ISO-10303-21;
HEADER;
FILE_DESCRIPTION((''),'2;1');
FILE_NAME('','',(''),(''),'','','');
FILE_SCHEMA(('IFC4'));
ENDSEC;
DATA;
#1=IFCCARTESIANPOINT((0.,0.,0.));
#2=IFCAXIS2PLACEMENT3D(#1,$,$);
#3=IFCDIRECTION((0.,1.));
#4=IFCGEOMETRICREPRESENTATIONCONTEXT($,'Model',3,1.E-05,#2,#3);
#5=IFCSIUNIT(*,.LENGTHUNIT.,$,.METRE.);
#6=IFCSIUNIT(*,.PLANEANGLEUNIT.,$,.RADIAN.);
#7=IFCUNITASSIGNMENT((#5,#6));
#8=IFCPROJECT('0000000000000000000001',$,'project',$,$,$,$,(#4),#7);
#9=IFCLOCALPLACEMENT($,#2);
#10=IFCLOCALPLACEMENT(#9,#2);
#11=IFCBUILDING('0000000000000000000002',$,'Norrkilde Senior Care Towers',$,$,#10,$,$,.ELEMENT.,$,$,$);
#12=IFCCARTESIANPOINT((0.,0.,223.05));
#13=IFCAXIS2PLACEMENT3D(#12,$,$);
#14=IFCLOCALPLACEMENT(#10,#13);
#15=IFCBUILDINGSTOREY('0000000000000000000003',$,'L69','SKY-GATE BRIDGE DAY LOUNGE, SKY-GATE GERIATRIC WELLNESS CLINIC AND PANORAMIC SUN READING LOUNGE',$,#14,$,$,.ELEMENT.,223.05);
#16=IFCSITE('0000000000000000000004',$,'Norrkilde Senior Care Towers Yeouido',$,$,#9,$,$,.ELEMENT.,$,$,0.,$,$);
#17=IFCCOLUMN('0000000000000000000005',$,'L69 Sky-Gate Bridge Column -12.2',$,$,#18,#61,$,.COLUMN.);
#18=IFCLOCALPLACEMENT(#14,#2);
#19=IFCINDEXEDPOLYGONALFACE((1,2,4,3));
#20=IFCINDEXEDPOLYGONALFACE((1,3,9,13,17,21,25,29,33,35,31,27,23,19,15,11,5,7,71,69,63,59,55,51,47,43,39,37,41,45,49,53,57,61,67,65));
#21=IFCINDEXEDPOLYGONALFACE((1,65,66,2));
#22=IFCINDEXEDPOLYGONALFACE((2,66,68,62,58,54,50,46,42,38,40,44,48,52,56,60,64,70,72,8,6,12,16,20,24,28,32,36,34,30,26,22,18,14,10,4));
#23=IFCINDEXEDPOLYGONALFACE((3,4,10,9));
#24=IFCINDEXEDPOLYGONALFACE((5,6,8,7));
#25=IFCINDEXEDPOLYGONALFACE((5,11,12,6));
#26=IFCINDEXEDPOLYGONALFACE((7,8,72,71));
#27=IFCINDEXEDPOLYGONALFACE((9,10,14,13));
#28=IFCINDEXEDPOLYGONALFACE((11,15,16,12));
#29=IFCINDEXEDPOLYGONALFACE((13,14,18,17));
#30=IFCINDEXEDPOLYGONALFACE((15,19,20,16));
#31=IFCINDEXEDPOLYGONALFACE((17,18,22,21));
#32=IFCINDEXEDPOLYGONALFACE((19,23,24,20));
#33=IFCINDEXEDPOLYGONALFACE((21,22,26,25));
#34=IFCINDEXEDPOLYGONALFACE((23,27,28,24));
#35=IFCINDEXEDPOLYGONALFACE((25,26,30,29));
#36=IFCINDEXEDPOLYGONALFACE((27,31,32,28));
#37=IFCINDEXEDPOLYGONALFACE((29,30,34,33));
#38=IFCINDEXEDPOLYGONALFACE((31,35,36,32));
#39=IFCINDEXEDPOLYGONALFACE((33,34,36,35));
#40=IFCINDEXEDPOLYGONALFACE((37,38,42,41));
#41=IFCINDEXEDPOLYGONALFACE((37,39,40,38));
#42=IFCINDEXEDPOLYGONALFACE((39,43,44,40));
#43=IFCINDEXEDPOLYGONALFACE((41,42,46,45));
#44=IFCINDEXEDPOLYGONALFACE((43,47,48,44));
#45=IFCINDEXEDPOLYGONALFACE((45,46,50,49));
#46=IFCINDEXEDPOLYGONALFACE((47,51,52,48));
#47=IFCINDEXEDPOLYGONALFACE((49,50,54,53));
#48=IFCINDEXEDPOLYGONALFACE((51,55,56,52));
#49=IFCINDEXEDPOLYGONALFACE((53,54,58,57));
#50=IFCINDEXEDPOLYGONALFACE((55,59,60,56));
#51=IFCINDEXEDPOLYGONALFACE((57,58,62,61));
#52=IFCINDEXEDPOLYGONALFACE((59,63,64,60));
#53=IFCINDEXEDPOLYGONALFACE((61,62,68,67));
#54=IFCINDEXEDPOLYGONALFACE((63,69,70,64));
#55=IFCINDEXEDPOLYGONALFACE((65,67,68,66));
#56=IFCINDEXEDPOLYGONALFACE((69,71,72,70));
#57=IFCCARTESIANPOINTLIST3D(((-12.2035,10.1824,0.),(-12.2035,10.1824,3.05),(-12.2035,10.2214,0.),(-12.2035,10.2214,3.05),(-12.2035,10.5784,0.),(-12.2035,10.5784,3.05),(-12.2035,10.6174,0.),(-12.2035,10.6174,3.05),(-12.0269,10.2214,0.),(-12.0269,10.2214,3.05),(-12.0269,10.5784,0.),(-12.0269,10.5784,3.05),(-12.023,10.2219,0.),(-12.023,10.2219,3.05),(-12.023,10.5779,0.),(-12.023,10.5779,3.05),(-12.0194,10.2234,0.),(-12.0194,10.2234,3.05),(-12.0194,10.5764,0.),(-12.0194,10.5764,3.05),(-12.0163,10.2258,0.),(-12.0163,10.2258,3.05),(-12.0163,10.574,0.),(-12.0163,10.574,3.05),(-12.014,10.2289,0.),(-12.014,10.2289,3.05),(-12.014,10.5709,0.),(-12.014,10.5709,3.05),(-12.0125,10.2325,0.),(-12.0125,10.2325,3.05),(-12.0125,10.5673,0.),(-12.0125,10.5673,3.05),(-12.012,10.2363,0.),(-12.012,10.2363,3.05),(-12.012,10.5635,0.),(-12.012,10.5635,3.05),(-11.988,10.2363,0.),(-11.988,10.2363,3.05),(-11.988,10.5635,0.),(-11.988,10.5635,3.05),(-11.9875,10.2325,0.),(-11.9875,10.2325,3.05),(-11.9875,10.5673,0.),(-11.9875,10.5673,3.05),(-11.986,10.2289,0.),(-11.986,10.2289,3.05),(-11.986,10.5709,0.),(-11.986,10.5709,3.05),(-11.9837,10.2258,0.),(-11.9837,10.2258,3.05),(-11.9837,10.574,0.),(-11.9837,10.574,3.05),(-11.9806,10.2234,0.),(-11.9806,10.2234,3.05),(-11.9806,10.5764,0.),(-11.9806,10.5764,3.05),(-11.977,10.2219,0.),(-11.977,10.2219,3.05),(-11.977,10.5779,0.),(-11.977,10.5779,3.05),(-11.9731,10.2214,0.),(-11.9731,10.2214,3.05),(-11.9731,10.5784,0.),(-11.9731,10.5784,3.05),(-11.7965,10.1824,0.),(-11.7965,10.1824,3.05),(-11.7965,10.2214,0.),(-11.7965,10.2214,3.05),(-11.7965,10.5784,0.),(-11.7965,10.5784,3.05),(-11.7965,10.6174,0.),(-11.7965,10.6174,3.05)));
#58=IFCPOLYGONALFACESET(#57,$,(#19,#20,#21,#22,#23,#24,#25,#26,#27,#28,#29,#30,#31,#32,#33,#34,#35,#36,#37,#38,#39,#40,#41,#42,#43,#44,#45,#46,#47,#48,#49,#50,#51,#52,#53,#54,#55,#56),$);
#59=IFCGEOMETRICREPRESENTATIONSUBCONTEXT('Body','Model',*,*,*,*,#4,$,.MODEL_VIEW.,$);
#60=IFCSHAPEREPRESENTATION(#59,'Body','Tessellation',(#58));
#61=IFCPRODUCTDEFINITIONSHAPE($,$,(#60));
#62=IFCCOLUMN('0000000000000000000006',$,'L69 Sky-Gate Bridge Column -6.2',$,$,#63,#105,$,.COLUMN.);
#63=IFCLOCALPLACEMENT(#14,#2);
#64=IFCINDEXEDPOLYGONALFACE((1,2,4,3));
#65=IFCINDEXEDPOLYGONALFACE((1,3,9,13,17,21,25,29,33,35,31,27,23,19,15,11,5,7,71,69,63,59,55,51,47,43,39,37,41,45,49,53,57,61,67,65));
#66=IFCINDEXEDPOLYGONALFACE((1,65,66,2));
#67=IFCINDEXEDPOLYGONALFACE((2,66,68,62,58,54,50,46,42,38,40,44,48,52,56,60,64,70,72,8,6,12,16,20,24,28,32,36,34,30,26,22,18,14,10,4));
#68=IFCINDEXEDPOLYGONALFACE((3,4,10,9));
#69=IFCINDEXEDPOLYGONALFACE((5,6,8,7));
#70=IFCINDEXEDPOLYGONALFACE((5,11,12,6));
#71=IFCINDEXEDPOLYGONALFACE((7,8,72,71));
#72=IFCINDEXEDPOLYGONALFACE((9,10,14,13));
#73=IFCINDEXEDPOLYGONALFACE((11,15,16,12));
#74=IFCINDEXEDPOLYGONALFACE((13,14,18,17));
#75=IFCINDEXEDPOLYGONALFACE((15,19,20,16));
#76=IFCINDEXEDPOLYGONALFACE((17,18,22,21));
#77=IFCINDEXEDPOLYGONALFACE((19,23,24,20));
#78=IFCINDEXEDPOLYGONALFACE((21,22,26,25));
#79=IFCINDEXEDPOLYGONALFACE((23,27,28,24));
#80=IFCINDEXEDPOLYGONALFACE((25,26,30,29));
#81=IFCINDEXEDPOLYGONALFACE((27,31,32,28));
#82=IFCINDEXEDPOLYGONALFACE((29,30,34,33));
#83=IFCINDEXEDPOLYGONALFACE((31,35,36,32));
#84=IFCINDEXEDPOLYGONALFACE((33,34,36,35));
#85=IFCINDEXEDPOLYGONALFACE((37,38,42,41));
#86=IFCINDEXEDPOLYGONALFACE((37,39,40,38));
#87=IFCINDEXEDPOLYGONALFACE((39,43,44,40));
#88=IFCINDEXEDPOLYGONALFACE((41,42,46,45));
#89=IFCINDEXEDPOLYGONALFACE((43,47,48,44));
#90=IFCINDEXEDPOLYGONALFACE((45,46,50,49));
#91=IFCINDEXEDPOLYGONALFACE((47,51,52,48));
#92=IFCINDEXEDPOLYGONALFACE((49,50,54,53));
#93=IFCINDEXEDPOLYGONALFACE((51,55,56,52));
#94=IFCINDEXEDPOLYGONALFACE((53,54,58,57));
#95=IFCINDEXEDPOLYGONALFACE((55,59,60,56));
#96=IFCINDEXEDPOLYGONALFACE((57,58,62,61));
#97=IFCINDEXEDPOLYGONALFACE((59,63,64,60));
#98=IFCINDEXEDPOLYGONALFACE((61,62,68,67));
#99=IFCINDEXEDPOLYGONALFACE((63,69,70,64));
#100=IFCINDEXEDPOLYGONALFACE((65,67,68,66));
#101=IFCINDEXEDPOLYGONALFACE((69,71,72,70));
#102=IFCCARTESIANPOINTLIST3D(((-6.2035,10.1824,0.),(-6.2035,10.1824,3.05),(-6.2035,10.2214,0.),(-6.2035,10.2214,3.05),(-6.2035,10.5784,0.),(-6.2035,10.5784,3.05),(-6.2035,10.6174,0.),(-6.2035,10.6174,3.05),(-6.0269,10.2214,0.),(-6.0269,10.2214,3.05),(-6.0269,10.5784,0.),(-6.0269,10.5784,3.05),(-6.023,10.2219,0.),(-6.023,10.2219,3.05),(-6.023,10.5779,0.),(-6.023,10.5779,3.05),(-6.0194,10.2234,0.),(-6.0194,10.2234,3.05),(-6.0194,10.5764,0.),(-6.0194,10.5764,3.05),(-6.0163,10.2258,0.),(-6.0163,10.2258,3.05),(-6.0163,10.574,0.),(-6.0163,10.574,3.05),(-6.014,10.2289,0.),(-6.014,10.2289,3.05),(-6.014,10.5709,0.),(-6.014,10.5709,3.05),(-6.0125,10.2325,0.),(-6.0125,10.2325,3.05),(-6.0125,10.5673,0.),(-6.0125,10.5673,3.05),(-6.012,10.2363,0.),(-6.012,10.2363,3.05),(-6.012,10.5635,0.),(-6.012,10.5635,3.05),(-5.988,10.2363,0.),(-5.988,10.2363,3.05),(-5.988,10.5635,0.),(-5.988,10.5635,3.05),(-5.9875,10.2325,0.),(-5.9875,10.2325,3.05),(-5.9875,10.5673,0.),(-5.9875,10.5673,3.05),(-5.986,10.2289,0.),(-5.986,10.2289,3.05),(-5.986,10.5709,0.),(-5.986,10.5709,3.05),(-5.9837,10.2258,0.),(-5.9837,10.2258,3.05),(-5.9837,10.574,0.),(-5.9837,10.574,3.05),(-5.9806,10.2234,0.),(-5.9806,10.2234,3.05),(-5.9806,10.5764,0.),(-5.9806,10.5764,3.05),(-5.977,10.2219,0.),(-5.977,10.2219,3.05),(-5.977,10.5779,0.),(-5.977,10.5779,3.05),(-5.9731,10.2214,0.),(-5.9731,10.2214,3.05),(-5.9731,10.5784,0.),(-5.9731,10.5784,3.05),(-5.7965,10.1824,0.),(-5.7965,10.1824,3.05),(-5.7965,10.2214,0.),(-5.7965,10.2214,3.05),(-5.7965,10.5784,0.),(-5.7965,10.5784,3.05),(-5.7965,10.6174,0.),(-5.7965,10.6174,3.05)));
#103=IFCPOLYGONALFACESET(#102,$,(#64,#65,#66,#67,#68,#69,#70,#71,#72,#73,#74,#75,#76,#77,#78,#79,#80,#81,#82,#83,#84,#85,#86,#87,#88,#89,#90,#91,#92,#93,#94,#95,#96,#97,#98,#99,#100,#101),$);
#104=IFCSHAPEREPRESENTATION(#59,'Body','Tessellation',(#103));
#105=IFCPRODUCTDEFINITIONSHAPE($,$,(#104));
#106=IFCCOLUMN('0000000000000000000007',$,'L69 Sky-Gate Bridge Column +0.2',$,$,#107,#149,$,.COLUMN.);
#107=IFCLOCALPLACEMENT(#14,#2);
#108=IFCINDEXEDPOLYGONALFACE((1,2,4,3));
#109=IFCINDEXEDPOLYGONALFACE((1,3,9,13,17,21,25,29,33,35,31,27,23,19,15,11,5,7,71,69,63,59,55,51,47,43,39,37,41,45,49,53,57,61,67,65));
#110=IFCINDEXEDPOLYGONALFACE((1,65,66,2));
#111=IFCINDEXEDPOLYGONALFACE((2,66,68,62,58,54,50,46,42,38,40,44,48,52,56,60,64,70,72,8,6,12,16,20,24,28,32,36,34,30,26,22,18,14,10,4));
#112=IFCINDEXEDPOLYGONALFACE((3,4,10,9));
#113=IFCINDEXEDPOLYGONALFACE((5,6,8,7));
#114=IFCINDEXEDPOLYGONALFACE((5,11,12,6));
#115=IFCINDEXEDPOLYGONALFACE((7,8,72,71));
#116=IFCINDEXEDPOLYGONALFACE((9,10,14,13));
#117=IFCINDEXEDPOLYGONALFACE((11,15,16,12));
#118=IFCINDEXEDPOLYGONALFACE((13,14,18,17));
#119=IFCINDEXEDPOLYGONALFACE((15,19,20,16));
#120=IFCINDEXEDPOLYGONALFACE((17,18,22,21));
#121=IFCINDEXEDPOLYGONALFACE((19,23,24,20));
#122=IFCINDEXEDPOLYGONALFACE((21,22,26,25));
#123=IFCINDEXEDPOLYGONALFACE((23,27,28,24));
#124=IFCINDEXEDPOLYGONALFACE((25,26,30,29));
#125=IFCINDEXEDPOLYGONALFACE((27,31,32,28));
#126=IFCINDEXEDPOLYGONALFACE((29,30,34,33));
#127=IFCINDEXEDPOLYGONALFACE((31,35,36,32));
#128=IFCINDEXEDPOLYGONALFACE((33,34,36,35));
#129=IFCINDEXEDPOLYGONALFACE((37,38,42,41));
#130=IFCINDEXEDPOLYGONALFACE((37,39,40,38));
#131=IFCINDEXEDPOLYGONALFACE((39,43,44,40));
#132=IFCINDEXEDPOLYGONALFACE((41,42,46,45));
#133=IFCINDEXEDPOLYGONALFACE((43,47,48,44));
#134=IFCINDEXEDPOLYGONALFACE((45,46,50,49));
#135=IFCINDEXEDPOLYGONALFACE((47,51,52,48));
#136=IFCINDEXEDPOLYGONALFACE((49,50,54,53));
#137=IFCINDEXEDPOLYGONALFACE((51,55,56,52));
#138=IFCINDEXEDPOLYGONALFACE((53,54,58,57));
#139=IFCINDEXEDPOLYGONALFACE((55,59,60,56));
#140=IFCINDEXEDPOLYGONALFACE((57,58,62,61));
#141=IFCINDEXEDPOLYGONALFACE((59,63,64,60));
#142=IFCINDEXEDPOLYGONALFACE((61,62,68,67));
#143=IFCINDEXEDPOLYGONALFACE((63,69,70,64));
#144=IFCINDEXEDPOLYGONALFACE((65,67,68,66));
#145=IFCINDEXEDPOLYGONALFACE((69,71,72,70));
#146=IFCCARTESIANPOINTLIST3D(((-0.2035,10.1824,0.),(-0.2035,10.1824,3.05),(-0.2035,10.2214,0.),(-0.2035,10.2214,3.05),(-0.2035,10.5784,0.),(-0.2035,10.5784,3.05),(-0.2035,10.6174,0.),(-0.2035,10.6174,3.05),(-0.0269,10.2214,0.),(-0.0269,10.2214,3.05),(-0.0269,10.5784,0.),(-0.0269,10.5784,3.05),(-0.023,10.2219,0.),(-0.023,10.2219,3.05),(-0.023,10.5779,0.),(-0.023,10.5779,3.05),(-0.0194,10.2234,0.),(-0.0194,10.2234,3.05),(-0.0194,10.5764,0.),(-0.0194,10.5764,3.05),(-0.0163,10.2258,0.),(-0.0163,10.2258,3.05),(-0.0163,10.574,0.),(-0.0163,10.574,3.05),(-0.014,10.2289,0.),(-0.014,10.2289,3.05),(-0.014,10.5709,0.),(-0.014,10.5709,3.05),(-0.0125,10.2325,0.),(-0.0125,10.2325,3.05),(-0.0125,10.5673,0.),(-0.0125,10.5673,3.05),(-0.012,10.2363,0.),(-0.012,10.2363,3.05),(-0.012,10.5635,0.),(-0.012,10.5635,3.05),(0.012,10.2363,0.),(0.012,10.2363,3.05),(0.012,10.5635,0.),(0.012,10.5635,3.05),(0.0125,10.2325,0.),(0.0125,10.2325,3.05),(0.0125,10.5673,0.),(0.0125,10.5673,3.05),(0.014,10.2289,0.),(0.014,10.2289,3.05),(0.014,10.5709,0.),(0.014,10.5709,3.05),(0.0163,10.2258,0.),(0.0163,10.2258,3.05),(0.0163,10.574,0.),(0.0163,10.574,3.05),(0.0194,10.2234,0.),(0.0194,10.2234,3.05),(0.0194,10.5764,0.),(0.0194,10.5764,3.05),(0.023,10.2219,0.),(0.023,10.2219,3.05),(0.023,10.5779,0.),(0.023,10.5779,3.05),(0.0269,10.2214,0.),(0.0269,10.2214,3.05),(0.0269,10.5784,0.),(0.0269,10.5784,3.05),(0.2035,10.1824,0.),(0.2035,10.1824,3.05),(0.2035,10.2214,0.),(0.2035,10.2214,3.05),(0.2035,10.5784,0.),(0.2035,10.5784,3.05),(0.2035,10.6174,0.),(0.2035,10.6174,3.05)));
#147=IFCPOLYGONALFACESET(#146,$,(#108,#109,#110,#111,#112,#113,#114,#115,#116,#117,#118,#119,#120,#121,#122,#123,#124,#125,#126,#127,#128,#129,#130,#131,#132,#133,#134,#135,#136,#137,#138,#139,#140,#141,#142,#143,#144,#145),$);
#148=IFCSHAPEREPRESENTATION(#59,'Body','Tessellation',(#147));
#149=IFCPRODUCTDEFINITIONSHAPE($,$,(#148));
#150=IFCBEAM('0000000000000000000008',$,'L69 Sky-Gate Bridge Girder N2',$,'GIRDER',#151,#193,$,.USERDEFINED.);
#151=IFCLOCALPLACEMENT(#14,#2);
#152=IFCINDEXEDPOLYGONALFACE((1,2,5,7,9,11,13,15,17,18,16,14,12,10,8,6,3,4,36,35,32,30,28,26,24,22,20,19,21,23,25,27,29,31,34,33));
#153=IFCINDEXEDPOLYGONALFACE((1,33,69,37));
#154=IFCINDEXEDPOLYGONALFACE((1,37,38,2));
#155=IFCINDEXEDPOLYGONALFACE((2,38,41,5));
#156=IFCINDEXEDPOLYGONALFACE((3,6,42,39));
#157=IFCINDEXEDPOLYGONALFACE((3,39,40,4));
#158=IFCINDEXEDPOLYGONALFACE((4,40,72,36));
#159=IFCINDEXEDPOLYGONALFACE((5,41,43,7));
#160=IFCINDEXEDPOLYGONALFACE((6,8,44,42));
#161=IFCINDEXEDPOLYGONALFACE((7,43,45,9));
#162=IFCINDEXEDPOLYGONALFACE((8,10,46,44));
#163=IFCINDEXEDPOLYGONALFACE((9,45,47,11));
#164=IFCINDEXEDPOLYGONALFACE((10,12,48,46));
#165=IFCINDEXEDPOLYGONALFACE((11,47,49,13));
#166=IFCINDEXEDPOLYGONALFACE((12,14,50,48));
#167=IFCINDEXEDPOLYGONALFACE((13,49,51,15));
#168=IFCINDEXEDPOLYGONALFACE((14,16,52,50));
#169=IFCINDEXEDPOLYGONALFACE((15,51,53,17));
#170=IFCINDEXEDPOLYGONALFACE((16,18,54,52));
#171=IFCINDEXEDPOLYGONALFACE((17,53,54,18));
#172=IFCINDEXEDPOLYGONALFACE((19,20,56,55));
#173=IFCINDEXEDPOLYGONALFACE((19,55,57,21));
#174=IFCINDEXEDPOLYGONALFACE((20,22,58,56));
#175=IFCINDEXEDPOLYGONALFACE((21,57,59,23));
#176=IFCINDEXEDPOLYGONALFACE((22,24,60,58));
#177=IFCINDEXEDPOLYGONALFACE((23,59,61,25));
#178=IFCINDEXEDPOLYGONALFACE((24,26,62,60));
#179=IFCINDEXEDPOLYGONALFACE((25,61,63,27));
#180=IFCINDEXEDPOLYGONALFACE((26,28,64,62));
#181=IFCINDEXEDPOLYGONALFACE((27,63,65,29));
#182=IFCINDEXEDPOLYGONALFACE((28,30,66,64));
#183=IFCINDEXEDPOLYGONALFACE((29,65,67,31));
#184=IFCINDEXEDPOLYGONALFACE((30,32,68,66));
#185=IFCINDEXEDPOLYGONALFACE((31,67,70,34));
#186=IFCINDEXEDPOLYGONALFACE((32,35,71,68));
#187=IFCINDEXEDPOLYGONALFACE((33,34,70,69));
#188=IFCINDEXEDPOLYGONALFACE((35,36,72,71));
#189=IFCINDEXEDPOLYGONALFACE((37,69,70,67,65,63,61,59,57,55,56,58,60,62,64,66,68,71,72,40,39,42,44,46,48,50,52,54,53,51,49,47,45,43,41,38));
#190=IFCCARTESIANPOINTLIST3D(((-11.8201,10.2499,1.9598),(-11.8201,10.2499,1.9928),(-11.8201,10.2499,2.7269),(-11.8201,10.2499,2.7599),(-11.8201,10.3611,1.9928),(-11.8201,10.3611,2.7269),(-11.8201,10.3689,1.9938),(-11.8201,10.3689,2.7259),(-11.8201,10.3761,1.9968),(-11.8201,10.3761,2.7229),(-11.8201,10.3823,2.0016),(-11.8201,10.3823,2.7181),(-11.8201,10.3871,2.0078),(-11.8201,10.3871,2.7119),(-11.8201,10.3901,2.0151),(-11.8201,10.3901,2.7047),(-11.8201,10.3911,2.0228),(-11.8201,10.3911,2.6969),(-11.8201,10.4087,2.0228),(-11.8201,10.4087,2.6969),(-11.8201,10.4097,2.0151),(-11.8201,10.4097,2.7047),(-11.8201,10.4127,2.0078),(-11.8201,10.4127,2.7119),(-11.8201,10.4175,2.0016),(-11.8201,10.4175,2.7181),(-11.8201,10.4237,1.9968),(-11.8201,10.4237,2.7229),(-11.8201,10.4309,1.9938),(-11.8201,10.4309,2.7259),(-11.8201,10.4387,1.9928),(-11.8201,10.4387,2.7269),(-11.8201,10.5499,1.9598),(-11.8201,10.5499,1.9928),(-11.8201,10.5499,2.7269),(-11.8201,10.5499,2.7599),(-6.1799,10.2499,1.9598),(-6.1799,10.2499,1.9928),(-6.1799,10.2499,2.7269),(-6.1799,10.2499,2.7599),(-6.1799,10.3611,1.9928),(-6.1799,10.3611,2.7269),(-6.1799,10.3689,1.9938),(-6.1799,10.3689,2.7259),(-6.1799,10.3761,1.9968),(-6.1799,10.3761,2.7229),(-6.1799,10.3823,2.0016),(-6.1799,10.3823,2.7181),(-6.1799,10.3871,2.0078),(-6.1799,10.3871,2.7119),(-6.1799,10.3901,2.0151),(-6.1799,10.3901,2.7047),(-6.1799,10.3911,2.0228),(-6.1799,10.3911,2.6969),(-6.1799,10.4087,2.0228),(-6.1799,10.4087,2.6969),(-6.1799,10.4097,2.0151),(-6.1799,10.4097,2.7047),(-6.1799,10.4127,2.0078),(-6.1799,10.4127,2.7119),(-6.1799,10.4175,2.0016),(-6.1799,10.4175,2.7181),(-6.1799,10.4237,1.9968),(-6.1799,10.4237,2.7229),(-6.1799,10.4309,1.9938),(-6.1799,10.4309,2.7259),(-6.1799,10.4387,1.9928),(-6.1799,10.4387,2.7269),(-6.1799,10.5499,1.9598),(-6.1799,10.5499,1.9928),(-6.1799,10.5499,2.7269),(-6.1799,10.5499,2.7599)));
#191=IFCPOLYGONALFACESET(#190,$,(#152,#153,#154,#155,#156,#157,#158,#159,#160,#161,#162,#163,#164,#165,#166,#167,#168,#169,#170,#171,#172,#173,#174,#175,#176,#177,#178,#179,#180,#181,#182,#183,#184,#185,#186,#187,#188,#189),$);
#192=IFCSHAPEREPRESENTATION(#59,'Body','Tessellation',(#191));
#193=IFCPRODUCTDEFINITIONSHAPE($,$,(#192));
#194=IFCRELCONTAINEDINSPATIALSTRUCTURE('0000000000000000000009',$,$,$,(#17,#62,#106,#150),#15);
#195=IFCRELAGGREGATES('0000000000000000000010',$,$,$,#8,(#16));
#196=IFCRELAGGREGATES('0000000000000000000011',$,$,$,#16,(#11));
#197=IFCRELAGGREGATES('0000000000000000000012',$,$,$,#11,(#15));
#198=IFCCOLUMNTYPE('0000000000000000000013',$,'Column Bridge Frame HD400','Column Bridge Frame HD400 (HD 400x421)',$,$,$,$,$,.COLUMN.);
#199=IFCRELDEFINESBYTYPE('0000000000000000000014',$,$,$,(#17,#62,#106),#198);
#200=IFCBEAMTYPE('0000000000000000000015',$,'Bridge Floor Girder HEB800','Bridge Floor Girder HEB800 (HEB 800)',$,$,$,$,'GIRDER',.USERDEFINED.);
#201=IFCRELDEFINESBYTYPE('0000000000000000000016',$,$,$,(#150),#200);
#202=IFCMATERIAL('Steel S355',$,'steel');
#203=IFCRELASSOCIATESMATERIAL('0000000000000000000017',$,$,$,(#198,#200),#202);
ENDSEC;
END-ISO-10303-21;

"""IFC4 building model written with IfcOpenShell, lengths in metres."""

from ifc_helpers import new_model, si_unit, direction, frame, origin, origin_2d, place, context, subcontext, project, spatial, i_section, extrude, source, transform, mapped, material, material_profile, profile_set, type_object, type_shapes, element, save


model = new_model("IFC4")

# Units and contexts
model_context = context("Model", 3, precision=1e-05, world=origin(), true_north=direction((0.0, 1.0)))
body_context = subcontext(model_context, "Body", "Model", "MODEL_VIEW")
ifc_project = project(units=[si_unit("LENGTHUNIT", "METRE"), si_unit("PLANEANGLEUNIT", "RADIAN")], contexts=[model_context])

# Site, building, storey
site_placement = place(None, origin())
site = spatial("IfcSite", under=ifc_project, at=site_placement, Name="Norrkilde Senior Care Towers Yeouido", CompositionType="ELEMENT", RefElevation=0.0)
building_placement = place(site_placement, origin())
building = spatial("IfcBuilding", under=site, at=building_placement, Name="Norrkilde Senior Care Towers", CompositionType="ELEMENT")
storey_placement = place(building_placement, frame((0.0, 0.0, 223.05)))
storey = spatial("IfcBuildingStorey", under=building, at=storey_placement, Name="L69", Description="SKY-GATE BRIDGE DAY LOUNGE, SKY-GATE GERIATRIC WELLNESS CLINIC AND PANORAMIC SUN READING LOUNGE", CompositionType="ELEMENT", Elevation=223.05)

# Columns
ifc_material_1 = material(Name="Steel S355", Category="steel")
ifc_material_profile_1 = material_profile(ifc_material_1, i_section(OverallWidth=0.407, OverallDepth=0.4351, WebThickness=0.0239, FlangeThickness=0.0391, FilletRadius=0.0149, at=origin_2d()), Name="HD 400x421")
ifc_profile_set_1 = profile_set([ifc_material_profile_1], Name="Steel S355")
column_type = type_object("IfcColumnType", Name="Column Bridge Frame HD400", Description="Column Bridge Frame HD400 (HD 400x421)", PredefinedType="COLUMN", material=ifc_profile_set_1)
shared_shape_1 = source(origin(), body_context, "Body", "SweptSolid", [
    extrude(i_section(OverallWidth=0.407, OverallDepth=0.4351, WebThickness=0.0239, FlangeThickness=0.0391, FilletRadius=0.0149, at=origin_2d()), origin(), (0.0, 0.0, 1.0), 3.05),
])
type_shapes(column_type, [shared_shape_1])
for number, where, z_axis, x_axis, name in (
    (1, (-12.0, 10.3999, 0.0), (0.0, 0.0, 1.0), (1.0, 0.0, 0.0), "L69 Sky-Gate Bridge Column -12.2"),
    (2, (-6.0, 10.3999, 0.0), (0.0, 0.0, 1.0), (1.0, 0.0, 0.0), "L69 Sky-Gate Bridge Column -6.2"),
    (3, (0.0, 10.3999, 0.0), (0.0, 0.0, 1.0), (1.0, 0.0, 0.0), "L69 Sky-Gate Bridge Column +0.2"),
):
    element("IfcColumn", number, at=place(storey_placement, frame(where, z_axis=z_axis, x_axis=x_axis)), inside=storey, type_object=column_type, Name=name, PredefinedType="COLUMN", context=body_context, shape_type="MappedRepresentation", body=[
        mapped(shared_shape_1, transform((0.0, 0.0, 0.0), x_axis=(1.0, 0.0, 0.0), y_axis=(0.0, 1.0, 0.0), z_axis=(0.0, 0.0, 1.0), scale=1.0)),
    ])

# Beam
ifc_material_profile_2 = material_profile(ifc_material_1, i_section(OverallWidth=0.3, OverallDepth=0.8, WebThickness=0.0176, FlangeThickness=0.033, FilletRadius=0.03, at=origin_2d()), Name="HEB 800")
ifc_profile_set_2 = profile_set([ifc_material_profile_2], Name="Steel S355")
beam_type_1 = type_object("IfcBeamType", Name="Bridge Floor Girder HEB800", Description="Bridge Floor Girder HEB800 (HEB 800)", ElementType="GIRDER", PredefinedType="USERDEFINED", material=ifc_profile_set_2)
shared_shape_2 = source(origin(), body_context, "Body", "SweptSolid", [
    extrude(i_section(OverallWidth=0.3, OverallDepth=0.8, WebThickness=0.0176, FlangeThickness=0.033, FilletRadius=0.03, at=origin_2d()), origin(), (0.0, 0.0, 1.0), 5.6401),
])
type_shapes(beam_type_1, [shared_shape_2])
for number, where, z_axis, x_axis, name in (
    (4, (-11.8201, 10.3999, 2.3599), (1.0, 0.0, 0.0), (0.0, 1.0, 0.0), "L69 Sky-Gate Bridge Girder N2"),
):
    element("IfcBeam", number, at=place(storey_placement, frame(where, z_axis=z_axis, x_axis=x_axis)), inside=storey, type_object=beam_type_1, Name=name, ObjectType="GIRDER", PredefinedType="USERDEFINED", context=body_context, shape_type="MappedRepresentation", body=[
        mapped(shared_shape_2, transform((0.0, 0.0, 0.0), x_axis=(1.0, 0.0, 0.0), y_axis=(0.0, 1.0, 0.0), z_axis=(0.0, 0.0, 1.0), scale=1.0)),
    ])

save(model, "model.ifc")
